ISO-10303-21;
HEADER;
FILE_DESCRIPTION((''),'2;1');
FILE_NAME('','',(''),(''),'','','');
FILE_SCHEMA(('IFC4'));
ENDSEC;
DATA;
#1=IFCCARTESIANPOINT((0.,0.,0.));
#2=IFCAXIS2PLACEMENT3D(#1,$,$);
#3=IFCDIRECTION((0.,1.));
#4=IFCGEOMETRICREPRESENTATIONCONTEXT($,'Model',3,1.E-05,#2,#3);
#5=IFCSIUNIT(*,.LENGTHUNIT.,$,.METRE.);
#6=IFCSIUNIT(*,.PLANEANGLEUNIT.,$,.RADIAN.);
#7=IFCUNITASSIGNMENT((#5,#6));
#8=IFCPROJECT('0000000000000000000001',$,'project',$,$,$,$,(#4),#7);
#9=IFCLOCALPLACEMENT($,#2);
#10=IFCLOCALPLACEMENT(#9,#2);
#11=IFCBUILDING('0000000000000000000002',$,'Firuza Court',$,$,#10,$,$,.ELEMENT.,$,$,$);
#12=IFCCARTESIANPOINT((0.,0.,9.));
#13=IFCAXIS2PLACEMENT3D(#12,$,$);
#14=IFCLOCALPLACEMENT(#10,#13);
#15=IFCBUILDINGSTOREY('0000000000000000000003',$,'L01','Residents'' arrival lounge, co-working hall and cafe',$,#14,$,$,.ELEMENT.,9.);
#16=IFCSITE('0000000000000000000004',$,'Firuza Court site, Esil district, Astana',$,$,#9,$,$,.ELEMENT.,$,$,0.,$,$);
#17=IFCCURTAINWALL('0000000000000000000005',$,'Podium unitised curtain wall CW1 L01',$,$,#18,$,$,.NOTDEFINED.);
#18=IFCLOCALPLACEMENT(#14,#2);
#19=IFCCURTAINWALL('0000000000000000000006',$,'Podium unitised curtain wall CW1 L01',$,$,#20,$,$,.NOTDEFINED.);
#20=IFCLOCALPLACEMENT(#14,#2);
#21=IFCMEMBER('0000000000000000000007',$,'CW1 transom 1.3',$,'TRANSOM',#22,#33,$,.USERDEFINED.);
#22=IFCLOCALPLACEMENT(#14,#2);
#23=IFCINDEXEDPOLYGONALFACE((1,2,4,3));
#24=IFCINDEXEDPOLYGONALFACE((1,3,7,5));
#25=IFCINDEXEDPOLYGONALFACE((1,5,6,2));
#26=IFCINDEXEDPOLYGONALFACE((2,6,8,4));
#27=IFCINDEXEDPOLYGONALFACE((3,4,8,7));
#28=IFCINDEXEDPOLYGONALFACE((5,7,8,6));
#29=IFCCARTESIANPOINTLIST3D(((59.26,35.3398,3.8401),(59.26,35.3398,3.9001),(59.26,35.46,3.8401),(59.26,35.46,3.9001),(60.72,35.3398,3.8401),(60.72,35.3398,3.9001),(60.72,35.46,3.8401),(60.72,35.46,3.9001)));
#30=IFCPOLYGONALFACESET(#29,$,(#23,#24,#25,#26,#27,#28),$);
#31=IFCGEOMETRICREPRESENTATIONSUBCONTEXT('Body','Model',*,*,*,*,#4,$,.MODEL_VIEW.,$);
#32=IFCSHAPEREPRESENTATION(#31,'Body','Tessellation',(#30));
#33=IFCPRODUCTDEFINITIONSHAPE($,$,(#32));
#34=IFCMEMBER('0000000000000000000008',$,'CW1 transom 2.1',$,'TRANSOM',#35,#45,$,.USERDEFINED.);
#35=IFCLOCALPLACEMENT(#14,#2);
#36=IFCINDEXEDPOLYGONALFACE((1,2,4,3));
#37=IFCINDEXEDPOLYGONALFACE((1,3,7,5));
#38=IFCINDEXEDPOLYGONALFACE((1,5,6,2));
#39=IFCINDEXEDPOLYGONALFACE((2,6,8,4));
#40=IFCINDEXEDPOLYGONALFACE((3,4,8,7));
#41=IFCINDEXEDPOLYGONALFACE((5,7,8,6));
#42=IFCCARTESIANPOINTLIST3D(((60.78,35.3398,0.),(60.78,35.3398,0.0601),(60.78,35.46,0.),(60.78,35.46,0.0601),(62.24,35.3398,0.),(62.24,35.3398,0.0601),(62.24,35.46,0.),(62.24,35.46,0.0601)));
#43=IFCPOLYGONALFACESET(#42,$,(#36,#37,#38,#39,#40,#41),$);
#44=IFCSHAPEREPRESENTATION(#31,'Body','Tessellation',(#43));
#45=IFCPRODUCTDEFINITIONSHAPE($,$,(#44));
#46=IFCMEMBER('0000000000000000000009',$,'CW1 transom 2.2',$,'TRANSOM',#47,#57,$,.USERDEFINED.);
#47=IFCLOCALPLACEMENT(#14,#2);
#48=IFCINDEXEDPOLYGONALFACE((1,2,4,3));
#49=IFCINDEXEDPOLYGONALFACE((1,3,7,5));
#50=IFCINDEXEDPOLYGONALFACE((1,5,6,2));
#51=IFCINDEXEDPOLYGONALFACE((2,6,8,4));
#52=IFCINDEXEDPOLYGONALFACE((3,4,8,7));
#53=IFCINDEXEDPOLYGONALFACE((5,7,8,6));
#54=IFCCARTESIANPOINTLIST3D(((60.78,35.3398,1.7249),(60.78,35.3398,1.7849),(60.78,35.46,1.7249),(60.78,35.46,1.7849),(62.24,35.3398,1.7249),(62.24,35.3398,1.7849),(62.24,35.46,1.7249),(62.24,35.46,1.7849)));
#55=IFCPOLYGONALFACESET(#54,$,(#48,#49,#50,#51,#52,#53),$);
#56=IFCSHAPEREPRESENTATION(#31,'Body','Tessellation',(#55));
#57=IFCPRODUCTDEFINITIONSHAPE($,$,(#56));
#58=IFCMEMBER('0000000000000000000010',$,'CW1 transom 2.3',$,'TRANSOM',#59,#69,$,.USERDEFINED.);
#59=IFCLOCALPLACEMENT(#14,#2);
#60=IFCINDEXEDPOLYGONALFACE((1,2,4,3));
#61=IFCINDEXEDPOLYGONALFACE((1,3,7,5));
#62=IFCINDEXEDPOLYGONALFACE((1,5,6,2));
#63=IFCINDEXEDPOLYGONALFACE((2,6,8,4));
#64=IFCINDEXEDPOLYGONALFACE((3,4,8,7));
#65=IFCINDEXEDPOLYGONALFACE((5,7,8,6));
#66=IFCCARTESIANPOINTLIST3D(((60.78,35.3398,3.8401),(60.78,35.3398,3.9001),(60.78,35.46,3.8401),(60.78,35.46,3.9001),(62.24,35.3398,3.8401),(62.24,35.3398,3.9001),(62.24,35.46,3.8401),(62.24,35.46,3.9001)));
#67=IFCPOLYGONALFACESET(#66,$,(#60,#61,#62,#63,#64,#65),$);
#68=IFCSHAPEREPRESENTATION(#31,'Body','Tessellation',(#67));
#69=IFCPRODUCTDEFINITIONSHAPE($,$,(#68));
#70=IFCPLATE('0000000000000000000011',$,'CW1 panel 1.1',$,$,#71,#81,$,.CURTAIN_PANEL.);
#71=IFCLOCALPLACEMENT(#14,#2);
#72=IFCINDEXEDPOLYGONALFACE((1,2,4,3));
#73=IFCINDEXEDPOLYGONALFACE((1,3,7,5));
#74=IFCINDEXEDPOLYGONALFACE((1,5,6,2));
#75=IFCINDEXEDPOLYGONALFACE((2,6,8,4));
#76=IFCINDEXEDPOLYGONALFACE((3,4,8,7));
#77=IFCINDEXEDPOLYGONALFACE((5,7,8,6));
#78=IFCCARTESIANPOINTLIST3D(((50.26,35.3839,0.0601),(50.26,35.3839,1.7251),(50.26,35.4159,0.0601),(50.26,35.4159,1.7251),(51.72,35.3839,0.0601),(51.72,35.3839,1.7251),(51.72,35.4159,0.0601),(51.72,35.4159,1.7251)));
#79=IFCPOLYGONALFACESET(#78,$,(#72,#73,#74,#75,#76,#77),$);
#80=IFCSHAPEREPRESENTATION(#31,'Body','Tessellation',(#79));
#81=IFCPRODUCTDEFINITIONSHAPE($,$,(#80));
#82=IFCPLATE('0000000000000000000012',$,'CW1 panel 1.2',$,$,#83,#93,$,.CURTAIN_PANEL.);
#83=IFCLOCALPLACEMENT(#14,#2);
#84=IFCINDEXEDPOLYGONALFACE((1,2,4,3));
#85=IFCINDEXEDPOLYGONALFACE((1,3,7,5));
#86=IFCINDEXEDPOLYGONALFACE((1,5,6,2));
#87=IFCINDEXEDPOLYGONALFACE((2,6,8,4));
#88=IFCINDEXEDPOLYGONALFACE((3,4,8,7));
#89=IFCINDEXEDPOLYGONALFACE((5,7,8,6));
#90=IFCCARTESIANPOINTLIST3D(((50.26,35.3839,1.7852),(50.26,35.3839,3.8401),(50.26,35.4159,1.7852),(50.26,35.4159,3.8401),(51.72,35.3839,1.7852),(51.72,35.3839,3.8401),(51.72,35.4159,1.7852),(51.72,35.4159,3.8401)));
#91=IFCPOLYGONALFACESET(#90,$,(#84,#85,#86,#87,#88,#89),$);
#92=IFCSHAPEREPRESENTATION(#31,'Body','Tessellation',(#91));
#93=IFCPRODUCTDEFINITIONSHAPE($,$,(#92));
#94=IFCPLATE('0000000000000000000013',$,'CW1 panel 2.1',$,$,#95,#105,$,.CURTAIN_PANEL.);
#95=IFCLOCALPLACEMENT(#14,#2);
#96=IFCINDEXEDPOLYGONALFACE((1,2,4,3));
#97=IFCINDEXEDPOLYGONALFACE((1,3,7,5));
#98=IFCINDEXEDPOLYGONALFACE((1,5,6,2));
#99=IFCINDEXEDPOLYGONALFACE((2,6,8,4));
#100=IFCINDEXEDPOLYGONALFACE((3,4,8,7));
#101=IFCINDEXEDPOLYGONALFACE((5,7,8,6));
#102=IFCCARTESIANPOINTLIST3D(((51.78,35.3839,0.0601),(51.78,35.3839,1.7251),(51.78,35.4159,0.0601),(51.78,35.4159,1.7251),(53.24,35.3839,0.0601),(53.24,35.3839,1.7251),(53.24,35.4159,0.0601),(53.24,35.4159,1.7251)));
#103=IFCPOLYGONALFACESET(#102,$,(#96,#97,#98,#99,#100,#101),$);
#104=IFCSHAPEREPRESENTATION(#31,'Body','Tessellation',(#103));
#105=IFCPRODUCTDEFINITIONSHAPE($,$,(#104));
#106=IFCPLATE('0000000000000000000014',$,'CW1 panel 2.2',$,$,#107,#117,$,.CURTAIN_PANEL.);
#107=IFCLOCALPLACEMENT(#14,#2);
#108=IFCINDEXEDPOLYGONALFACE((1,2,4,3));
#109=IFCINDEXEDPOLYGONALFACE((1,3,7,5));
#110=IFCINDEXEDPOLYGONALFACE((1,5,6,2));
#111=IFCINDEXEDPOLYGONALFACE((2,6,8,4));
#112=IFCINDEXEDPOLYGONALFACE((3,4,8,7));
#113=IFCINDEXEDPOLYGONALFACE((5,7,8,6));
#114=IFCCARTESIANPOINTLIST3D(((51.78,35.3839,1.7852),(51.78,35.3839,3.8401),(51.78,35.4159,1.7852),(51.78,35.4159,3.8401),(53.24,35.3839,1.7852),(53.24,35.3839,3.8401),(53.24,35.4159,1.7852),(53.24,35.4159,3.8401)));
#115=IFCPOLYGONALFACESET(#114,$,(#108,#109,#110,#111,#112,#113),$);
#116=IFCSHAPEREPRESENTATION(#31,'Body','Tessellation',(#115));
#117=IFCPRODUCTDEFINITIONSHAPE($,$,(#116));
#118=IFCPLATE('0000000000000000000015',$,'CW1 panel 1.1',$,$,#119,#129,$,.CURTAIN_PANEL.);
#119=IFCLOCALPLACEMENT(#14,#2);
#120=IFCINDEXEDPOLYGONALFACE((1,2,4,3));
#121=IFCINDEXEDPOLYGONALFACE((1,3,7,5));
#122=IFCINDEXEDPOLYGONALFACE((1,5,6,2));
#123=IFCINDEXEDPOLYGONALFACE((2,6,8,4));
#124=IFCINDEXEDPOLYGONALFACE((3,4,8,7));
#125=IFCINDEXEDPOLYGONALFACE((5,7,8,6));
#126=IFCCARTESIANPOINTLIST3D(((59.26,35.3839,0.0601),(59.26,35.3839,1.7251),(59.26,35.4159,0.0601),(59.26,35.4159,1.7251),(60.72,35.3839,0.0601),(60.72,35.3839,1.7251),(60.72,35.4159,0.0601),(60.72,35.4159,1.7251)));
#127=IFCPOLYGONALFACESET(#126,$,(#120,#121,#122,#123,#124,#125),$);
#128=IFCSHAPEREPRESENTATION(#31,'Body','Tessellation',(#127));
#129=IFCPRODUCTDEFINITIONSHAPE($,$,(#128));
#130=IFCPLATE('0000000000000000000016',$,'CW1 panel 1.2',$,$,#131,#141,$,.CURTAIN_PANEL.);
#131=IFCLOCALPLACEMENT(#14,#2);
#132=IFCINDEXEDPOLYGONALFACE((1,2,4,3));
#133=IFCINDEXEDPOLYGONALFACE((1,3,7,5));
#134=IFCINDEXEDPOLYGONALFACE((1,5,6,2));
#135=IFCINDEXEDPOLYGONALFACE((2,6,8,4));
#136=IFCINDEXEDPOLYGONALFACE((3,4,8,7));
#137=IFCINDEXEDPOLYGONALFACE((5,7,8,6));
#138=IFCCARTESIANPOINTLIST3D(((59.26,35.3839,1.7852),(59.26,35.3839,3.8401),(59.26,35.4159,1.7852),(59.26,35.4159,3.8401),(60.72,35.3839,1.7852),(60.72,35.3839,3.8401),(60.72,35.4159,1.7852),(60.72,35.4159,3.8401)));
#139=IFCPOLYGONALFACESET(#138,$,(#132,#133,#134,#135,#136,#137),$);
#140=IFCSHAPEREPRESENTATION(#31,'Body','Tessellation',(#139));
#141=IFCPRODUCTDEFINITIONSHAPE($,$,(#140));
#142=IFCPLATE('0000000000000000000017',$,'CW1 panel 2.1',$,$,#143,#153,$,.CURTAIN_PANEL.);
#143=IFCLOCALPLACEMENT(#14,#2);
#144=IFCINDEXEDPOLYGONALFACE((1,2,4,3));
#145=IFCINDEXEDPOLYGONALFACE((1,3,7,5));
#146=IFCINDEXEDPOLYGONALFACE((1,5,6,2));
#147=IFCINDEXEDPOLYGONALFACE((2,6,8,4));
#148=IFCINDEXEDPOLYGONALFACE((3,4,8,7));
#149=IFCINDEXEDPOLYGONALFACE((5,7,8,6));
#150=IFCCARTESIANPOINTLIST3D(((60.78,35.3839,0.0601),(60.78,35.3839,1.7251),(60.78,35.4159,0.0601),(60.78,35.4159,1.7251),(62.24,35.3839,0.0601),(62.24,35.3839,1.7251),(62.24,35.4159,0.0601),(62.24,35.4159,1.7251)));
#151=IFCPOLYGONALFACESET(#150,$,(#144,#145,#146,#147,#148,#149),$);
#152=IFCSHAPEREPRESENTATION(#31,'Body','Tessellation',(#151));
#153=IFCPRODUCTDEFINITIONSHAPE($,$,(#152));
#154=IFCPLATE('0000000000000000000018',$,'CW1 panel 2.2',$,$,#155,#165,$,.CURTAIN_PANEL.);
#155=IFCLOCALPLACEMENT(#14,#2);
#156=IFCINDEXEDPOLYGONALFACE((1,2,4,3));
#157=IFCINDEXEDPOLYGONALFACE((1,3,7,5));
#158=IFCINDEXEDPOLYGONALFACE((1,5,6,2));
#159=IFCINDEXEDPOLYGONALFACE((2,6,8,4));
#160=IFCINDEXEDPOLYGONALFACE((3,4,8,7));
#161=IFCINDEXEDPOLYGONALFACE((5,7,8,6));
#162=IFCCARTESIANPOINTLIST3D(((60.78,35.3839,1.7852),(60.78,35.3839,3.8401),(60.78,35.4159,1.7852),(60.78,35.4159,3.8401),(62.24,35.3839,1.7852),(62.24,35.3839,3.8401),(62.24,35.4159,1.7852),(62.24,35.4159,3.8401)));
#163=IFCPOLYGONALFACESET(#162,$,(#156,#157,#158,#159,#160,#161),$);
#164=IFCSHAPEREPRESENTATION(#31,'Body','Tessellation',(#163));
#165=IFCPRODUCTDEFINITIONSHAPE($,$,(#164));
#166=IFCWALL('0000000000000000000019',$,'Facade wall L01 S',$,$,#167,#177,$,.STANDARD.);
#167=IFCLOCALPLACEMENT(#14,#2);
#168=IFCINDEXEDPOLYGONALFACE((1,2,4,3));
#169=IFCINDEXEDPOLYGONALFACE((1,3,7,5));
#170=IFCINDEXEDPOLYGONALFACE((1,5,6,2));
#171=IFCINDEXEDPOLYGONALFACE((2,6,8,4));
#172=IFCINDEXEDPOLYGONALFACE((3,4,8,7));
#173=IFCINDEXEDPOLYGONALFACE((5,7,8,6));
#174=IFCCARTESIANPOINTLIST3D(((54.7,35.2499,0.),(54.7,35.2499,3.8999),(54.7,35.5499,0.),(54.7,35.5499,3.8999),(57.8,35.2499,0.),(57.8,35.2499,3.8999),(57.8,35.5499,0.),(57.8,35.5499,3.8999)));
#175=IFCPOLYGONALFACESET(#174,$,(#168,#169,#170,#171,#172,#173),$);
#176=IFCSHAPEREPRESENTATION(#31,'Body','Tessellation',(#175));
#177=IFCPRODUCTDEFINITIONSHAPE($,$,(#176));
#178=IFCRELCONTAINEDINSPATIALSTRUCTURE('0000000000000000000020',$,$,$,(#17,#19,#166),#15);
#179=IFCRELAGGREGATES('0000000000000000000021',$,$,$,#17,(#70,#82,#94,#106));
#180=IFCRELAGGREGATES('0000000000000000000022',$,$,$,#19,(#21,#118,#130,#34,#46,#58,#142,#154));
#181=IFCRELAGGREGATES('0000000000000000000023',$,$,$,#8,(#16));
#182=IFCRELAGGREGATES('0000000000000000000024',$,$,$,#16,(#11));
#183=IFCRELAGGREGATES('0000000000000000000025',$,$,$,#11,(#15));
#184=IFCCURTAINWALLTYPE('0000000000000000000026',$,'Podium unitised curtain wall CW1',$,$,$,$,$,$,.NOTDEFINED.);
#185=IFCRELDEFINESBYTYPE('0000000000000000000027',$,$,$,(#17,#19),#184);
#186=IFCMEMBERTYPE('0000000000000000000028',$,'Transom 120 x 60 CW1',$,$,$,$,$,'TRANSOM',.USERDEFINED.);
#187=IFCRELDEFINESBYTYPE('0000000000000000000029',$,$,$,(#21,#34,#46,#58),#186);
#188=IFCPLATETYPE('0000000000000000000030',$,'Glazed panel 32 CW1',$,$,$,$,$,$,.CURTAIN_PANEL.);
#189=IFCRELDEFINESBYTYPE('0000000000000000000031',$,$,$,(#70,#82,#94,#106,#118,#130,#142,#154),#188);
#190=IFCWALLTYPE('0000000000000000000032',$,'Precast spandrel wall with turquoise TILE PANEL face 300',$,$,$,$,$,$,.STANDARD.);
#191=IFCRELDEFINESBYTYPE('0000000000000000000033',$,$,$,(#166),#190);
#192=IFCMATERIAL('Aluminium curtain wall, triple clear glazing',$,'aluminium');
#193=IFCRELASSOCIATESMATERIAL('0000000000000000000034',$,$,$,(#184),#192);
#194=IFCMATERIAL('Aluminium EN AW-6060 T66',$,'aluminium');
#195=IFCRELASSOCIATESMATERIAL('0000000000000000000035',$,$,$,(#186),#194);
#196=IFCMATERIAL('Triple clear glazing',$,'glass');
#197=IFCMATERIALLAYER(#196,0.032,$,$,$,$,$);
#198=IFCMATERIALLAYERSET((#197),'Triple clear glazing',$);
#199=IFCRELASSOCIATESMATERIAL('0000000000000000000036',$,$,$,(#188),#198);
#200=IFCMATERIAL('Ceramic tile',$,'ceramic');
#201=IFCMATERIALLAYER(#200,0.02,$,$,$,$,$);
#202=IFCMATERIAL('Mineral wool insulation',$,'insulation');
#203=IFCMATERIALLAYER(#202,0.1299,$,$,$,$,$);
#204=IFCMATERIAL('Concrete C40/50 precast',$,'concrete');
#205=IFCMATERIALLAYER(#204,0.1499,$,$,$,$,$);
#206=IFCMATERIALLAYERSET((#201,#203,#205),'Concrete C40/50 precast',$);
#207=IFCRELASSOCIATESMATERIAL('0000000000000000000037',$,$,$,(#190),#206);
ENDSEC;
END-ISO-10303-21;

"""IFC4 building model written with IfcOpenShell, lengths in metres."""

from ifc_helpers import new_model, si_unit, direction, frame, frame_2d, origin, origin_2d, place, context, subcontext, project, spatial, rectangle, extrude, material, layer, layer_set, material_profile, profile_set, type_object, element, aggregate, save


model = new_model("IFC4")

# Units and contexts
model_context = context("Model", 3, precision=1e-05, world=origin(), true_north=direction((0.0, 1.0)))
body_context = subcontext(model_context, "Body", "Model", "MODEL_VIEW")
ifc_project = project(units=[si_unit("LENGTHUNIT", "METRE"), si_unit("PLANEANGLEUNIT", "RADIAN")], contexts=[model_context])

# Site, building, storey
site_placement = place(None, origin())
site = spatial("IfcSite", under=ifc_project, at=site_placement, Name="Firuza Court site, Esil district, Astana", CompositionType="ELEMENT", RefElevation=0.0)
building_placement = place(site_placement, origin())
building = spatial("IfcBuilding", under=site, at=building_placement, Name="Firuza Court", CompositionType="ELEMENT")
storey_placement = place(building_placement, frame((0.0, 0.0, 9.0)))
storey = spatial("IfcBuildingStorey", under=building, at=storey_placement, Name="L01", Description="Residents' arrival lounge, co-working hall and cafe", CompositionType="ELEMENT", Elevation=9.0)

# Curtain walls
ifc_material_1 = material(Name="Aluminium curtain wall, triple clear glazing", Category="aluminium")
curtain_wall_type = type_object("IfcCurtainWallType", Name="Podium unitised curtain wall CW1", PredefinedType="NOTDEFINED", material=ifc_material_1)
curtain_wall_1_placement = place(storey_placement, origin())
curtain_wall_1 = element("IfcCurtainWall", 1, at=curtain_wall_1_placement, inside=storey, type_object=curtain_wall_type, Name="Podium unitised curtain wall CW1 L01", PredefinedType="NOTDEFINED")
curtain_wall_2_placement = place(storey_placement, origin())
curtain_wall_2 = element("IfcCurtainWall", 2, at=curtain_wall_2_placement, inside=storey, type_object=curtain_wall_type, Name="Podium unitised curtain wall CW1 L01", PredefinedType="NOTDEFINED")

# Members
ifc_material_2 = material(Name="Aluminium EN AW-6060 T66", Category="aluminium")
ifc_material_profile_1 = material_profile(ifc_material_2, rectangle(XDim=0.1201, YDim=0.0601, at=origin_2d()), Name="Transom 120 x 60 CW1")
ifc_profile_set_1 = profile_set([ifc_material_profile_1], Name="Aluminium EN AW-6060 T66")
member_type_1 = type_object("IfcMemberType", Name="Transom 120 x 60 CW1", ElementType="TRANSOM", PredefinedType="USERDEFINED", material=ifc_profile_set_1)
member_1_placement = place(storey_placement, frame((59.26, 35.3999, 3.8701), z_axis=(1.0, 0.0, 0.0), x_axis=(0.0, 1.0, 0.0)))
member_1 = element("IfcMember", 3, at=member_1_placement, type_object=member_type_1, Name="CW1 transom 1.3", ObjectType="TRANSOM", PredefinedType="USERDEFINED", context=body_context, shape_type="SweptSolid", body=[
    extrude(rectangle(XDim=0.1201, YDim=0.0601, at=origin_2d()), origin(), (0.0, 0.0, 1.0), 1.46),
])
member_2_placement = place(storey_placement, frame((60.78, 35.3999, 0.03), z_axis=(1.0, 0.0, 0.0), x_axis=(0.0, 1.0, 0.0)))
member_2 = element("IfcMember", 4, at=member_2_placement, type_object=member_type_1, Name="CW1 transom 2.1", ObjectType="TRANSOM", PredefinedType="USERDEFINED", context=body_context, shape_type="SweptSolid", body=[
    extrude(rectangle(XDim=0.1201, YDim=0.0601, at=origin_2d()), origin(), (0.0, 0.0, 1.0), 1.46),
])
member_3_placement = place(storey_placement, frame((60.78, 35.3999, 1.7549), z_axis=(1.0, 0.0, 0.0), x_axis=(0.0, 1.0, 0.0)))
member_3 = element("IfcMember", 5, at=member_3_placement, type_object=member_type_1, Name="CW1 transom 2.2", ObjectType="TRANSOM", PredefinedType="USERDEFINED", context=body_context, shape_type="SweptSolid", body=[
    extrude(rectangle(XDim=0.1201, YDim=0.0601, at=origin_2d()), origin(), (0.0, 0.0, 1.0), 1.46),
])
member_4_placement = place(storey_placement, frame((60.78, 35.3999, 3.8701), z_axis=(1.0, 0.0, 0.0), x_axis=(0.0, 1.0, 0.0)))
member_4 = element("IfcMember", 6, at=member_4_placement, type_object=member_type_1, Name="CW1 transom 2.3", ObjectType="TRANSOM", PredefinedType="USERDEFINED", context=body_context, shape_type="SweptSolid", body=[
    extrude(rectangle(XDim=0.1201, YDim=0.0601, at=origin_2d()), origin(), (0.0, 0.0, 1.0), 1.46),
])

# Plates
ifc_material_3 = material(Name="Triple clear glazing", Category="glass")
ifc_layer_1 = layer(ifc_material_3, 0.032)
ifc_layer_set_1 = layer_set([ifc_layer_1], Name="Triple clear glazing")
plate_type = type_object("IfcPlateType", Name="Glazed panel 32 CW1", PredefinedType="CURTAIN_PANEL", material=ifc_layer_set_1)
plate_1_placement = place(storey_placement, frame((50.99, 35.3999, 0.0601), z_axis=(0.0, 0.0, 1.0), x_axis=(1.0, 0.0, 0.0)))
plate_1 = element("IfcPlate", 7, at=plate_1_placement, type_object=plate_type, Name="CW1 panel 1.1", PredefinedType="CURTAIN_PANEL", context=body_context, shape_type="SweptSolid", body=[
    extrude(rectangle(XDim=1.46, YDim=0.032, at=origin_2d()), origin(), (0.0, 0.0, 1.0), 1.665),
])
plate_2_placement = place(storey_placement, frame((50.99, 35.3999, 1.7852), z_axis=(0.0, 0.0, 1.0), x_axis=(1.0, 0.0, 0.0)))
plate_2 = element("IfcPlate", 8, at=plate_2_placement, type_object=plate_type, Name="CW1 panel 1.2", PredefinedType="CURTAIN_PANEL", context=body_context, shape_type="SweptSolid", body=[
    extrude(rectangle(XDim=1.46, YDim=0.032, at=origin_2d()), origin(), (0.0, 0.0, 1.0), 2.0549),
])
plate_3_placement = place(storey_placement, frame((52.51, 35.3999, 0.0601), z_axis=(0.0, 0.0, 1.0), x_axis=(1.0, 0.0, 0.0)))
plate_3 = element("IfcPlate", 9, at=plate_3_placement, type_object=plate_type, Name="CW1 panel 2.1", PredefinedType="CURTAIN_PANEL", context=body_context, shape_type="SweptSolid", body=[
    extrude(rectangle(XDim=1.46, YDim=0.032, at=origin_2d()), origin(), (0.0, 0.0, 1.0), 1.665),
])
plate_4_placement = place(storey_placement, frame((52.51, 35.3999, 1.7852), z_axis=(0.0, 0.0, 1.0), x_axis=(1.0, 0.0, 0.0)))
plate_4 = element("IfcPlate", 10, at=plate_4_placement, type_object=plate_type, Name="CW1 panel 2.2", PredefinedType="CURTAIN_PANEL", context=body_context, shape_type="SweptSolid", body=[
    extrude(rectangle(XDim=1.46, YDim=0.032, at=origin_2d()), origin(), (0.0, 0.0, 1.0), 2.0549),
])
aggregate(curtain_wall_1, [plate_1, plate_2, plate_3, plate_4])
plate_5_placement = place(storey_placement, frame((59.99, 35.3999, 0.0601), z_axis=(0.0, 0.0, 1.0), x_axis=(1.0, 0.0, 0.0)))
plate_5 = element("IfcPlate", 11, at=plate_5_placement, type_object=plate_type, Name="CW1 panel 1.1", PredefinedType="CURTAIN_PANEL", context=body_context, shape_type="SweptSolid", body=[
    extrude(rectangle(XDim=1.46, YDim=0.032, at=origin_2d()), origin(), (0.0, 0.0, 1.0), 1.665),
])
plate_6_placement = place(storey_placement, frame((59.99, 35.3999, 1.7852), z_axis=(0.0, 0.0, 1.0), x_axis=(1.0, 0.0, 0.0)))
plate_6 = element("IfcPlate", 12, at=plate_6_placement, type_object=plate_type, Name="CW1 panel 1.2", PredefinedType="CURTAIN_PANEL", context=body_context, shape_type="SweptSolid", body=[
    extrude(rectangle(XDim=1.46, YDim=0.032, at=origin_2d()), origin(), (0.0, 0.0, 1.0), 2.0549),
])
plate_7_placement = place(storey_placement, frame((61.51, 35.3999, 0.0601), z_axis=(0.0, 0.0, 1.0), x_axis=(1.0, 0.0, 0.0)))
plate_7 = element("IfcPlate", 13, at=plate_7_placement, type_object=plate_type, Name="CW1 panel 2.1", PredefinedType="CURTAIN_PANEL", context=body_context, shape_type="SweptSolid", body=[
    extrude(rectangle(XDim=1.46, YDim=0.032, at=origin_2d()), origin(), (0.0, 0.0, 1.0), 1.665),
])
plate_8_placement = place(storey_placement, frame((61.51, 35.3999, 1.7852), z_axis=(0.0, 0.0, 1.0), x_axis=(1.0, 0.0, 0.0)))
plate_8 = element("IfcPlate", 14, at=plate_8_placement, type_object=plate_type, Name="CW1 panel 2.2", PredefinedType="CURTAIN_PANEL", context=body_context, shape_type="SweptSolid", body=[
    extrude(rectangle(XDim=1.46, YDim=0.032, at=origin_2d()), origin(), (0.0, 0.0, 1.0), 2.0549),
])
aggregate(curtain_wall_2, [member_1, plate_5, plate_6, member_2, member_3, member_4, plate_7, plate_8])

# Wall
ifc_material_4 = material(Name="Ceramic tile", Category="ceramic")
ifc_layer_2 = layer(ifc_material_4, 0.02)
ifc_material_5 = material(Name="Mineral wool insulation", Category="insulation")
ifc_layer_3 = layer(ifc_material_5, 0.1299)
ifc_material_6 = material(Name="Concrete C40/50 precast", Category="concrete")
ifc_layer_4 = layer(ifc_material_6, 0.1499)
ifc_layer_set_2 = layer_set([ifc_layer_2, ifc_layer_3, ifc_layer_4], Name="Concrete C40/50 precast")
wall_type = type_object("IfcWallType", Name="Precast spandrel wall with turquoise TILE PANEL face 300", PredefinedType="STANDARD", material=ifc_layer_set_2)
wall_placement = place(storey_placement, frame((54.7, 35.3999, 0.0), z_axis=(0.0, 0.0, 1.0), x_axis=(1.0, 0.0, 0.0)))
element("IfcWall", 15, at=wall_placement, inside=storey, type_object=wall_type, Name="Facade wall L01 S", PredefinedType="STANDARD", context=body_context, shape_type="SweptSolid", body=[
    extrude(rectangle(XDim=3.1001, YDim=0.3, at=frame_2d((1.55, 0.0))), origin(), (0.0, 0.0, 1.0), 3.8999),
])

save(model, "model.ifc")
